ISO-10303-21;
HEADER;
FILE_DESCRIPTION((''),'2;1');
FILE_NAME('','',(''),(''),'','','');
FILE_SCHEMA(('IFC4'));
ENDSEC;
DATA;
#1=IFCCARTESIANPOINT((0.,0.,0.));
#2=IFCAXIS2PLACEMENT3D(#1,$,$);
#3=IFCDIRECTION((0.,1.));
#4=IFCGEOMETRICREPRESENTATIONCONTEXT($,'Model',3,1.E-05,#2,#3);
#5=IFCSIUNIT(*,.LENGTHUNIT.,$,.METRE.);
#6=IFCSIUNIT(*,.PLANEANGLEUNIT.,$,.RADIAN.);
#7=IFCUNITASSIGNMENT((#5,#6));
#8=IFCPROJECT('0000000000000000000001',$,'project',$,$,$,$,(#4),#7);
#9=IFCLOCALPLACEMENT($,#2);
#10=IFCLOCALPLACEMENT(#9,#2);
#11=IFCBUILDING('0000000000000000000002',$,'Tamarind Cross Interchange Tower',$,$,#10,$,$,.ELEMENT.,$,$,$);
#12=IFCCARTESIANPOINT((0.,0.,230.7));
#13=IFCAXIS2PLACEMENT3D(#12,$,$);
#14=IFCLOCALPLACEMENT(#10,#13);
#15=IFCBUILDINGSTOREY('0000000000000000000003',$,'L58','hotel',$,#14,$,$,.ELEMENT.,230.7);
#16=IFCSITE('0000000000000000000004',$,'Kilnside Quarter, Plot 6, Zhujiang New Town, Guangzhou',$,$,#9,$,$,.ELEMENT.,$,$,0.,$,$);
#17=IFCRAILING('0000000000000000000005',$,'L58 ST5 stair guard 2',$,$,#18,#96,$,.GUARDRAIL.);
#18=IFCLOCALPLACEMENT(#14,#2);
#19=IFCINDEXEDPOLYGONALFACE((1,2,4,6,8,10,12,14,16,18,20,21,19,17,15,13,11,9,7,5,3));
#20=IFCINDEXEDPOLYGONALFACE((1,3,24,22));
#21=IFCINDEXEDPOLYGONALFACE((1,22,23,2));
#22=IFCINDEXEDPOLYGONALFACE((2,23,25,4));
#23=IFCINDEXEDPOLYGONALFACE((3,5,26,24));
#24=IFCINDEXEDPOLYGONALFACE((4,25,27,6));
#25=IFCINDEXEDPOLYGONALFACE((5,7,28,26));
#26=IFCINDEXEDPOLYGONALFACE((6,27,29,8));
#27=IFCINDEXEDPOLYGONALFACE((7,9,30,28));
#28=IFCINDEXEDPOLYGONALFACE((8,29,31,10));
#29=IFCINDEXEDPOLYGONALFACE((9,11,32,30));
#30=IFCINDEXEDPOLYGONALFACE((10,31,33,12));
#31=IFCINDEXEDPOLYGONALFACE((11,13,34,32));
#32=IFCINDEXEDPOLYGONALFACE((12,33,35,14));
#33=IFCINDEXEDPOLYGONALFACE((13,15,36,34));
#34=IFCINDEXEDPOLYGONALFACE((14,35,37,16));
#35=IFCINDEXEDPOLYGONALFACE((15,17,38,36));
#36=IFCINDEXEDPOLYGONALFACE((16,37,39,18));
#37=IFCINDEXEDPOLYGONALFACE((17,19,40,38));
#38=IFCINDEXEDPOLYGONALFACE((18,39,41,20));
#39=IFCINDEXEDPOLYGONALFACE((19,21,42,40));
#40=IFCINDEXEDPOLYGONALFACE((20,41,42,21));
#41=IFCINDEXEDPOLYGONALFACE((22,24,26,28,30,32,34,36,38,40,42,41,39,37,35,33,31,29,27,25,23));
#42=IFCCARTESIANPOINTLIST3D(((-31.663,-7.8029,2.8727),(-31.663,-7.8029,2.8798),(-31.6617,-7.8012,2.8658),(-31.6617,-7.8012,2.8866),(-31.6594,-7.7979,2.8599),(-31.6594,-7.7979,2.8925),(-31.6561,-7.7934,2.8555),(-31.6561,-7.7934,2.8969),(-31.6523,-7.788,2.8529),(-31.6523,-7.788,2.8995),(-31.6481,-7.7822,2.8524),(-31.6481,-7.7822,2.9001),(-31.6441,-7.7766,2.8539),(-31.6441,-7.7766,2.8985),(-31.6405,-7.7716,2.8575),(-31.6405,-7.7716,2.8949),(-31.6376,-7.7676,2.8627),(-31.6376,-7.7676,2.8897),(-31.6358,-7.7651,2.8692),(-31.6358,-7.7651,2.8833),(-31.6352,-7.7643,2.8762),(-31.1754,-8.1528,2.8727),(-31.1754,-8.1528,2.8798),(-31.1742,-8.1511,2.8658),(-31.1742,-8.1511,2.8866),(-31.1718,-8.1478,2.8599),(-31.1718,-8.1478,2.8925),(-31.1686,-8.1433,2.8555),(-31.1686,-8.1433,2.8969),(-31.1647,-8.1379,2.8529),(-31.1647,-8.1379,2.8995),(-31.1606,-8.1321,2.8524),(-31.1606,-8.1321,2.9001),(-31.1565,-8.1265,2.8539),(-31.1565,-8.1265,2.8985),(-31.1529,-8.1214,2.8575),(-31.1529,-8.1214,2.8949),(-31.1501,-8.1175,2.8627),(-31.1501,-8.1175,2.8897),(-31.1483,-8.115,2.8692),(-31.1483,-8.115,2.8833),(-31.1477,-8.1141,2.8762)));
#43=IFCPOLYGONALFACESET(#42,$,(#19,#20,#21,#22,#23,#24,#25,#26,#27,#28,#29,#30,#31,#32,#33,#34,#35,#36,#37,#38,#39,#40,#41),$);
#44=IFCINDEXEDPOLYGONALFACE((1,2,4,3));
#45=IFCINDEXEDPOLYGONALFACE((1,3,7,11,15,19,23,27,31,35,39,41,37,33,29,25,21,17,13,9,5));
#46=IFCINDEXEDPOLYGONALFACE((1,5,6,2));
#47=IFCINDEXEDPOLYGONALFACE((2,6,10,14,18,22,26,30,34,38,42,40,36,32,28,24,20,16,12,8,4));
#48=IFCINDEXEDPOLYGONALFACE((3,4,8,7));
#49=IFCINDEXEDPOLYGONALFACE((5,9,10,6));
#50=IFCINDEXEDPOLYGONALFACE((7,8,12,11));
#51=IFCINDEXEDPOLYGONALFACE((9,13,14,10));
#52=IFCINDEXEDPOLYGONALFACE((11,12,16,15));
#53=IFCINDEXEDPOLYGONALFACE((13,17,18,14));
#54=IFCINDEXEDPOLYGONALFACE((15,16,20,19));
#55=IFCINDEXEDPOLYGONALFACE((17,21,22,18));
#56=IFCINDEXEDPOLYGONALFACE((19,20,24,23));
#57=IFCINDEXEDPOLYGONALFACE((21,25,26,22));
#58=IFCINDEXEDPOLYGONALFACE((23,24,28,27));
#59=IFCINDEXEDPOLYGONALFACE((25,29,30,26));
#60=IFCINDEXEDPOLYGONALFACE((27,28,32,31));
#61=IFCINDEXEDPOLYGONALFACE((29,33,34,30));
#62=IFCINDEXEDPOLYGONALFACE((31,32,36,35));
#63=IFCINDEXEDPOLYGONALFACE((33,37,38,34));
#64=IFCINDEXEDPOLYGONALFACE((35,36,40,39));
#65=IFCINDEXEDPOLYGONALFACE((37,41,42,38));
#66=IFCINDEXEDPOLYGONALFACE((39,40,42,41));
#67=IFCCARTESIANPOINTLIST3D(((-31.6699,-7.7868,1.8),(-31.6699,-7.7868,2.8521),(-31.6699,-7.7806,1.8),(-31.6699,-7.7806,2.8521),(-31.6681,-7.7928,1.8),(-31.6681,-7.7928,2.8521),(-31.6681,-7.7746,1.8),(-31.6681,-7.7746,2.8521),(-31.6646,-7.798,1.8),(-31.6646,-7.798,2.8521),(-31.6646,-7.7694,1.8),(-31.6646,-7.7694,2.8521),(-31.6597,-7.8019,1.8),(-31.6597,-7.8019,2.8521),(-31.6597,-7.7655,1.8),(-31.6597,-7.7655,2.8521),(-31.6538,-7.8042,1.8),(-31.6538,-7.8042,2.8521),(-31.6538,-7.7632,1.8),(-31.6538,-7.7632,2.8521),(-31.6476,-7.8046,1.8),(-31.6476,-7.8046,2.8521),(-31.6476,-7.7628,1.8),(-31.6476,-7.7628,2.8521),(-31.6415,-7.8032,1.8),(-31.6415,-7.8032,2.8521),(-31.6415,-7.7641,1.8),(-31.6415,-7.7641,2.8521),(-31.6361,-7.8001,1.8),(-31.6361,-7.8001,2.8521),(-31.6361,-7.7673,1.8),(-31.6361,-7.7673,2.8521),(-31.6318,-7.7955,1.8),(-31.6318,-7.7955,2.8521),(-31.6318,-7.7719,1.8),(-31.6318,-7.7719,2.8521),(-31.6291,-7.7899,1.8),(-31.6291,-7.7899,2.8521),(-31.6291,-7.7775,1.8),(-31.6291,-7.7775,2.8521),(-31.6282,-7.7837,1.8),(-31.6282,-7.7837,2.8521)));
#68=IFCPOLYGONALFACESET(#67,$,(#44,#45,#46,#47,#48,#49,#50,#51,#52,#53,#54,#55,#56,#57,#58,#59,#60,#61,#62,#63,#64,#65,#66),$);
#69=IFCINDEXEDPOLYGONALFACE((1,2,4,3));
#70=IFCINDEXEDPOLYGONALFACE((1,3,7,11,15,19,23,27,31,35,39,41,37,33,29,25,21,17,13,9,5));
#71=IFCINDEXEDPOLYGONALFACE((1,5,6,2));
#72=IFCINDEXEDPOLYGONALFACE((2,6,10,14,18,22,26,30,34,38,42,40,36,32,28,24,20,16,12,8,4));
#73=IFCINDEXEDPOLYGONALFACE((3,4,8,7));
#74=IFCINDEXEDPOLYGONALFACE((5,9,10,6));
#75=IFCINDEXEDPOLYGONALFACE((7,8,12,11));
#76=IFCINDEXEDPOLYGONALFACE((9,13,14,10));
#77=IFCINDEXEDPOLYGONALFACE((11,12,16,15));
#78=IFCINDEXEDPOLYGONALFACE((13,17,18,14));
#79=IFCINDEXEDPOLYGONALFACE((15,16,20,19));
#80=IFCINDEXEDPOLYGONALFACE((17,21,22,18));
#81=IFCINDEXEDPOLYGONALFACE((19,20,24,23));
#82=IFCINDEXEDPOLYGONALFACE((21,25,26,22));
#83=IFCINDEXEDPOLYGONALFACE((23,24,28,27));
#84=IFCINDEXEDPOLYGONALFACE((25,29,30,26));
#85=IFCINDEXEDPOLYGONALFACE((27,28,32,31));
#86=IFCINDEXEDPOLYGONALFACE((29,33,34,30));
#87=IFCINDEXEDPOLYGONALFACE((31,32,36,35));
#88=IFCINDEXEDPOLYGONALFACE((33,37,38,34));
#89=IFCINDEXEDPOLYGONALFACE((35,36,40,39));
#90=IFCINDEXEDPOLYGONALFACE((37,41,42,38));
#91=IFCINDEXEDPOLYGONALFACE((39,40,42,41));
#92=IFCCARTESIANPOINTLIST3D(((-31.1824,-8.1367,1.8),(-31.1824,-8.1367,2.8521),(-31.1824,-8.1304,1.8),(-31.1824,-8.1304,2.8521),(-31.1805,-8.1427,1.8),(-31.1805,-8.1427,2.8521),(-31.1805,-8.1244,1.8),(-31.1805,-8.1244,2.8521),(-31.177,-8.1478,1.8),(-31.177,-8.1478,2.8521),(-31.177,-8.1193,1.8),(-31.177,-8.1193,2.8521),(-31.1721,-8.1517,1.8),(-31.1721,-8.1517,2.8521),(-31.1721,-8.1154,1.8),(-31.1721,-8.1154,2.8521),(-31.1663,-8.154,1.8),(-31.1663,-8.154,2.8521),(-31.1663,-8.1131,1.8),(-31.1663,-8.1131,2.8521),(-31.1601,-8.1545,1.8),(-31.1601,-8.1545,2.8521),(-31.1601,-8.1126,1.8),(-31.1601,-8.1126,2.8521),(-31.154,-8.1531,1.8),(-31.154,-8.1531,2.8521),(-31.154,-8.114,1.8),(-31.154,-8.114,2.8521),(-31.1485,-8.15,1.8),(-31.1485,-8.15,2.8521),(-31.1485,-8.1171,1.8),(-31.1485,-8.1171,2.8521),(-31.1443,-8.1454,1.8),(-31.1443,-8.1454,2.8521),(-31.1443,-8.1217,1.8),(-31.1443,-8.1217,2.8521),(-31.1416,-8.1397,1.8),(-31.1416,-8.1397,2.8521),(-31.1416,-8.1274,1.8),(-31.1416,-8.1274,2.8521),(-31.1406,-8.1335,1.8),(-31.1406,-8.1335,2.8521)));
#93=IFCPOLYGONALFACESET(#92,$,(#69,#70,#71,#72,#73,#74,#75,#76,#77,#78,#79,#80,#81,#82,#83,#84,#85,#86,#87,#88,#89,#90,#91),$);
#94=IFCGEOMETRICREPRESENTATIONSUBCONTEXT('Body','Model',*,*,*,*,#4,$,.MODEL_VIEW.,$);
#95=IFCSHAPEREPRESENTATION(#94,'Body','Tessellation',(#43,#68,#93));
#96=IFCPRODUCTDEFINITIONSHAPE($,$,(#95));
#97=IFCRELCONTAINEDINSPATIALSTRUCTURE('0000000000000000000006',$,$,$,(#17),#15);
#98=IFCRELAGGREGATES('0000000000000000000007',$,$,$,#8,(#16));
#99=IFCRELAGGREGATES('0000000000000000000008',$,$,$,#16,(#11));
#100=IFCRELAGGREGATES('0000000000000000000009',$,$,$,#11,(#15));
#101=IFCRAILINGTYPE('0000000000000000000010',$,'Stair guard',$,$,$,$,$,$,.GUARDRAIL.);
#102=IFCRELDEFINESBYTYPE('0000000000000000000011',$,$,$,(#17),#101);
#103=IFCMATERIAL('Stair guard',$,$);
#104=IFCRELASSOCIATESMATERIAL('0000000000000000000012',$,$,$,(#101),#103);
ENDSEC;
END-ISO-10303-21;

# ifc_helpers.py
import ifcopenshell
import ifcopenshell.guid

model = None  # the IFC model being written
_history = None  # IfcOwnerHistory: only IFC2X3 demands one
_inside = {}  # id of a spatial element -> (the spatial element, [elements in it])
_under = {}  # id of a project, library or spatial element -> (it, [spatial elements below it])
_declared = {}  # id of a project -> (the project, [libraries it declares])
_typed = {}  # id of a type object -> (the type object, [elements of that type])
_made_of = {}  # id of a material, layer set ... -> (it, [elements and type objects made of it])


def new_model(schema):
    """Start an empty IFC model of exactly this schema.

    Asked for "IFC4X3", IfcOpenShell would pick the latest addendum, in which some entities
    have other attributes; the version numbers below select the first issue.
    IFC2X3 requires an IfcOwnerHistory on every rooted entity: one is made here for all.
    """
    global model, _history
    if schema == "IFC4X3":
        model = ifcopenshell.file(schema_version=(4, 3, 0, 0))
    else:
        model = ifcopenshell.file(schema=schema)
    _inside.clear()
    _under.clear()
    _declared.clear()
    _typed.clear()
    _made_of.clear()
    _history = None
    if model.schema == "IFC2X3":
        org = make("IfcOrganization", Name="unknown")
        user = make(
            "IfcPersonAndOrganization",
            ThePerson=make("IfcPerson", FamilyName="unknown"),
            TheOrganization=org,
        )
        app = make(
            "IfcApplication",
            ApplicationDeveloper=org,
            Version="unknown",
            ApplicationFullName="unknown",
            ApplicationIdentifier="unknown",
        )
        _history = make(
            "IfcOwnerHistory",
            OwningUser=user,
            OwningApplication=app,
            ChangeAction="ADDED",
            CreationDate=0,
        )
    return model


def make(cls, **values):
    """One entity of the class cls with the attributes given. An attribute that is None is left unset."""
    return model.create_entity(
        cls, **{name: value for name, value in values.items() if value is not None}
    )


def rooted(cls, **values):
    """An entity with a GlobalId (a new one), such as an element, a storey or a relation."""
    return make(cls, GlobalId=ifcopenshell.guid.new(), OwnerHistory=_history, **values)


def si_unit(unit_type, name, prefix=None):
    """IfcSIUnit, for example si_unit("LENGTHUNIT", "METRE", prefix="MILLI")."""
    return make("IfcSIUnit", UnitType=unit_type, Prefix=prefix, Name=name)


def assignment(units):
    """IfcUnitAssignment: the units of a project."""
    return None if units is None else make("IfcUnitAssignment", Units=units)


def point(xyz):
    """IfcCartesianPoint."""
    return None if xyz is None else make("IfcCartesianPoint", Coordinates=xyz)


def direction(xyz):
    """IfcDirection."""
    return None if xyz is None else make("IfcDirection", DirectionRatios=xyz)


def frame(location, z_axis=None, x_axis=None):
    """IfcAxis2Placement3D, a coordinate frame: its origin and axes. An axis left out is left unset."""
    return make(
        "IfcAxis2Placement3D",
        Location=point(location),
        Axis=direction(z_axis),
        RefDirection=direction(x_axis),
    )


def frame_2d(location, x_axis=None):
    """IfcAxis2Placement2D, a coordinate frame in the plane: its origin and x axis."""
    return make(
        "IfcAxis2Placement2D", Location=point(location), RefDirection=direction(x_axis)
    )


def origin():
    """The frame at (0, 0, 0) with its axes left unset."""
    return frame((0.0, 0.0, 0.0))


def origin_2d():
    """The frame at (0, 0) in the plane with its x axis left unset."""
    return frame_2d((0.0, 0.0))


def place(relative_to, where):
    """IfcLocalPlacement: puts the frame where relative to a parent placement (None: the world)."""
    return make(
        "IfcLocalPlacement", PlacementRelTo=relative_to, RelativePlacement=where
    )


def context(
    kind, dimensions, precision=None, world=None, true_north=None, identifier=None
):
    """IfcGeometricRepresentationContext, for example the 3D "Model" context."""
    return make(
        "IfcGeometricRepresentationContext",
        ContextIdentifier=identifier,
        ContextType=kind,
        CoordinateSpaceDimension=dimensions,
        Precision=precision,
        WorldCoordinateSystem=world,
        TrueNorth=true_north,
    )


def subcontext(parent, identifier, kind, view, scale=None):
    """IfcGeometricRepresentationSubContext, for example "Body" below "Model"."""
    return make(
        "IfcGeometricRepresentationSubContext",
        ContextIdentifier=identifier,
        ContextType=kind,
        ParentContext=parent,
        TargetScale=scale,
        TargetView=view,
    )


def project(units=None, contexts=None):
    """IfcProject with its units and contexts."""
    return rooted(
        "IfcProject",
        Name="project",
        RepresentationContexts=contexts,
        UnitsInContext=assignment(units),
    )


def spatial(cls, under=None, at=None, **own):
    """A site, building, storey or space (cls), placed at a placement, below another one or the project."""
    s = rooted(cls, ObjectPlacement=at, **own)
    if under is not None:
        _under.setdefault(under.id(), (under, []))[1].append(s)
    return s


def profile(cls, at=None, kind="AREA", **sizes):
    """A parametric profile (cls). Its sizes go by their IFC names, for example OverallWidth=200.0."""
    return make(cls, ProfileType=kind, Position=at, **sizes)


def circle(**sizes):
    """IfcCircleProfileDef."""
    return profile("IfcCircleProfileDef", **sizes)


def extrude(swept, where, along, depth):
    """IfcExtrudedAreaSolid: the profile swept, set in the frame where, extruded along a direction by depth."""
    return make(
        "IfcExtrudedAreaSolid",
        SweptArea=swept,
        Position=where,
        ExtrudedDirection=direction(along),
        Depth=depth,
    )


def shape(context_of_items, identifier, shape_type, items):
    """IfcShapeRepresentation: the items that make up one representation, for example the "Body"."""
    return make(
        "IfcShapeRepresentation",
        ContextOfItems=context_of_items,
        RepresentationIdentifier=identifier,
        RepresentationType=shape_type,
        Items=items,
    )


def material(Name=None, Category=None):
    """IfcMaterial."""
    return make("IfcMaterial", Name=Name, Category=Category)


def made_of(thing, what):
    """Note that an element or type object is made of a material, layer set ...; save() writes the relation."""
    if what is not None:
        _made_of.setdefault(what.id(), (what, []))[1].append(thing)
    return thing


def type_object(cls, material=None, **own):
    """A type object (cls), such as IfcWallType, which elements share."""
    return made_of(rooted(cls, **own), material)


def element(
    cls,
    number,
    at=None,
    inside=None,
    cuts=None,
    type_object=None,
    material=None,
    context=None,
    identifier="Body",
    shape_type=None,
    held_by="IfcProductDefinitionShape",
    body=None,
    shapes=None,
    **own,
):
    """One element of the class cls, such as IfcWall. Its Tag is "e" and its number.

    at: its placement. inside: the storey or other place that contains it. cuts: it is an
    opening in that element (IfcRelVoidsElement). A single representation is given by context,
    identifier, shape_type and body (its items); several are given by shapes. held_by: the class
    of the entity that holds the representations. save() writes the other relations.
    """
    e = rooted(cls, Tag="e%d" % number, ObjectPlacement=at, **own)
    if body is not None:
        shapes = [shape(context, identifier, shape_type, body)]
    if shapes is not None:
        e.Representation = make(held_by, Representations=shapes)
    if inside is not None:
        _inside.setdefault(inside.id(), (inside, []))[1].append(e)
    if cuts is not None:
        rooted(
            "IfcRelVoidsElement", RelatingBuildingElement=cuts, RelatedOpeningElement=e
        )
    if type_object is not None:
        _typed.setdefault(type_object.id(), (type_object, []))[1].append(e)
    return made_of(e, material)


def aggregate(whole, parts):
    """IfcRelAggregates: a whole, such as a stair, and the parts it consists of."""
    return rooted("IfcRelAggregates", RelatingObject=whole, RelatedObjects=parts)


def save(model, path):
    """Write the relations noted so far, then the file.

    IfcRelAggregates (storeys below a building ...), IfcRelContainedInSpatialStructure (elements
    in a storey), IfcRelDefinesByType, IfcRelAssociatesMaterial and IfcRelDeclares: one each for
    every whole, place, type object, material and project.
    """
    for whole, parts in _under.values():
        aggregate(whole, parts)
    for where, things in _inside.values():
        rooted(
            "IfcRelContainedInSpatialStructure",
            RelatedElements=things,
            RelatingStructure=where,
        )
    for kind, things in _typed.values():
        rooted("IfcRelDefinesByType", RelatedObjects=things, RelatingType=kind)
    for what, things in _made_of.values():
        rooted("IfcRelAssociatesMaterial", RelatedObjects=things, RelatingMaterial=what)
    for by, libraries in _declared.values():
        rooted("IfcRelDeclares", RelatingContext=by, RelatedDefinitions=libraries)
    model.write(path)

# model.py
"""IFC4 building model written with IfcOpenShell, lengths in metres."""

from ifc_helpers import new_model, si_unit, direction, frame, origin, origin_2d, place, context, subcontext, project, spatial, circle, extrude, material, type_object, element, save


model = new_model("IFC4")

# Units and contexts
model_context = context("Model", 3, precision=1e-05, world=origin(), true_north=direction((0.0, 1.0)))
body_context = subcontext(model_context, "Body", "Model", "MODEL_VIEW")
ifc_project = project(units=[si_unit("LENGTHUNIT", "METRE"), si_unit("PLANEANGLEUNIT", "RADIAN")], contexts=[model_context])

# Site, building, storey
site_placement = place(None, origin())
site = spatial("IfcSite", under=ifc_project, at=site_placement, Name="Kilnside Quarter, Plot 6, Zhujiang New Town, Guangzhou", CompositionType="ELEMENT", RefElevation=0.0)
building_placement = place(site_placement, origin())
building = spatial("IfcBuilding", under=site, at=building_placement, Name="Tamarind Cross Interchange Tower", CompositionType="ELEMENT")
storey_placement = place(building_placement, frame((0.0, 0.0, 230.7)))
storey = spatial("IfcBuildingStorey", under=building, at=storey_placement, Name="L58", Description="hotel", CompositionType="ELEMENT", Elevation=230.7)

# Railing
ifc_material_1 = material(Name="Stair guard")
railing_type_1 = type_object("IfcRailingType", Name="Stair guard", PredefinedType="GUARDRAIL", material=ifc_material_1)
railing_1_placement = place(storey_placement, frame((-31.6492, -7.7837, 1.8)))
element("IfcRailing", 1, at=railing_1_placement, inside=storey, type_object=railing_type_1, Name="L58 ST5 stair guard 2", PredefinedType="GUARDRAIL", context=body_context, shape_type="SweptSolid", body=[
    extrude(circle(Radius=0.0239, at=origin_2d()), frame((0.0, 0.0, 1.0762), z_axis=(0.812467, -0.583007, 0.0), x_axis=(0.583007, 0.812467, 0.0)), (0.0, 0.0, 1.0), 0.6001),
    extrude(circle(Radius=0.021, at=origin_2d()), origin(), (0.0, 0.0, 1.0), 1.052),
    extrude(circle(Radius=0.021, at=origin_2d()), frame((0.4875, -0.3499, 0.0)), (0.0, 0.0, 1.0), 1.052),
])

save(model, "model.ifc")
